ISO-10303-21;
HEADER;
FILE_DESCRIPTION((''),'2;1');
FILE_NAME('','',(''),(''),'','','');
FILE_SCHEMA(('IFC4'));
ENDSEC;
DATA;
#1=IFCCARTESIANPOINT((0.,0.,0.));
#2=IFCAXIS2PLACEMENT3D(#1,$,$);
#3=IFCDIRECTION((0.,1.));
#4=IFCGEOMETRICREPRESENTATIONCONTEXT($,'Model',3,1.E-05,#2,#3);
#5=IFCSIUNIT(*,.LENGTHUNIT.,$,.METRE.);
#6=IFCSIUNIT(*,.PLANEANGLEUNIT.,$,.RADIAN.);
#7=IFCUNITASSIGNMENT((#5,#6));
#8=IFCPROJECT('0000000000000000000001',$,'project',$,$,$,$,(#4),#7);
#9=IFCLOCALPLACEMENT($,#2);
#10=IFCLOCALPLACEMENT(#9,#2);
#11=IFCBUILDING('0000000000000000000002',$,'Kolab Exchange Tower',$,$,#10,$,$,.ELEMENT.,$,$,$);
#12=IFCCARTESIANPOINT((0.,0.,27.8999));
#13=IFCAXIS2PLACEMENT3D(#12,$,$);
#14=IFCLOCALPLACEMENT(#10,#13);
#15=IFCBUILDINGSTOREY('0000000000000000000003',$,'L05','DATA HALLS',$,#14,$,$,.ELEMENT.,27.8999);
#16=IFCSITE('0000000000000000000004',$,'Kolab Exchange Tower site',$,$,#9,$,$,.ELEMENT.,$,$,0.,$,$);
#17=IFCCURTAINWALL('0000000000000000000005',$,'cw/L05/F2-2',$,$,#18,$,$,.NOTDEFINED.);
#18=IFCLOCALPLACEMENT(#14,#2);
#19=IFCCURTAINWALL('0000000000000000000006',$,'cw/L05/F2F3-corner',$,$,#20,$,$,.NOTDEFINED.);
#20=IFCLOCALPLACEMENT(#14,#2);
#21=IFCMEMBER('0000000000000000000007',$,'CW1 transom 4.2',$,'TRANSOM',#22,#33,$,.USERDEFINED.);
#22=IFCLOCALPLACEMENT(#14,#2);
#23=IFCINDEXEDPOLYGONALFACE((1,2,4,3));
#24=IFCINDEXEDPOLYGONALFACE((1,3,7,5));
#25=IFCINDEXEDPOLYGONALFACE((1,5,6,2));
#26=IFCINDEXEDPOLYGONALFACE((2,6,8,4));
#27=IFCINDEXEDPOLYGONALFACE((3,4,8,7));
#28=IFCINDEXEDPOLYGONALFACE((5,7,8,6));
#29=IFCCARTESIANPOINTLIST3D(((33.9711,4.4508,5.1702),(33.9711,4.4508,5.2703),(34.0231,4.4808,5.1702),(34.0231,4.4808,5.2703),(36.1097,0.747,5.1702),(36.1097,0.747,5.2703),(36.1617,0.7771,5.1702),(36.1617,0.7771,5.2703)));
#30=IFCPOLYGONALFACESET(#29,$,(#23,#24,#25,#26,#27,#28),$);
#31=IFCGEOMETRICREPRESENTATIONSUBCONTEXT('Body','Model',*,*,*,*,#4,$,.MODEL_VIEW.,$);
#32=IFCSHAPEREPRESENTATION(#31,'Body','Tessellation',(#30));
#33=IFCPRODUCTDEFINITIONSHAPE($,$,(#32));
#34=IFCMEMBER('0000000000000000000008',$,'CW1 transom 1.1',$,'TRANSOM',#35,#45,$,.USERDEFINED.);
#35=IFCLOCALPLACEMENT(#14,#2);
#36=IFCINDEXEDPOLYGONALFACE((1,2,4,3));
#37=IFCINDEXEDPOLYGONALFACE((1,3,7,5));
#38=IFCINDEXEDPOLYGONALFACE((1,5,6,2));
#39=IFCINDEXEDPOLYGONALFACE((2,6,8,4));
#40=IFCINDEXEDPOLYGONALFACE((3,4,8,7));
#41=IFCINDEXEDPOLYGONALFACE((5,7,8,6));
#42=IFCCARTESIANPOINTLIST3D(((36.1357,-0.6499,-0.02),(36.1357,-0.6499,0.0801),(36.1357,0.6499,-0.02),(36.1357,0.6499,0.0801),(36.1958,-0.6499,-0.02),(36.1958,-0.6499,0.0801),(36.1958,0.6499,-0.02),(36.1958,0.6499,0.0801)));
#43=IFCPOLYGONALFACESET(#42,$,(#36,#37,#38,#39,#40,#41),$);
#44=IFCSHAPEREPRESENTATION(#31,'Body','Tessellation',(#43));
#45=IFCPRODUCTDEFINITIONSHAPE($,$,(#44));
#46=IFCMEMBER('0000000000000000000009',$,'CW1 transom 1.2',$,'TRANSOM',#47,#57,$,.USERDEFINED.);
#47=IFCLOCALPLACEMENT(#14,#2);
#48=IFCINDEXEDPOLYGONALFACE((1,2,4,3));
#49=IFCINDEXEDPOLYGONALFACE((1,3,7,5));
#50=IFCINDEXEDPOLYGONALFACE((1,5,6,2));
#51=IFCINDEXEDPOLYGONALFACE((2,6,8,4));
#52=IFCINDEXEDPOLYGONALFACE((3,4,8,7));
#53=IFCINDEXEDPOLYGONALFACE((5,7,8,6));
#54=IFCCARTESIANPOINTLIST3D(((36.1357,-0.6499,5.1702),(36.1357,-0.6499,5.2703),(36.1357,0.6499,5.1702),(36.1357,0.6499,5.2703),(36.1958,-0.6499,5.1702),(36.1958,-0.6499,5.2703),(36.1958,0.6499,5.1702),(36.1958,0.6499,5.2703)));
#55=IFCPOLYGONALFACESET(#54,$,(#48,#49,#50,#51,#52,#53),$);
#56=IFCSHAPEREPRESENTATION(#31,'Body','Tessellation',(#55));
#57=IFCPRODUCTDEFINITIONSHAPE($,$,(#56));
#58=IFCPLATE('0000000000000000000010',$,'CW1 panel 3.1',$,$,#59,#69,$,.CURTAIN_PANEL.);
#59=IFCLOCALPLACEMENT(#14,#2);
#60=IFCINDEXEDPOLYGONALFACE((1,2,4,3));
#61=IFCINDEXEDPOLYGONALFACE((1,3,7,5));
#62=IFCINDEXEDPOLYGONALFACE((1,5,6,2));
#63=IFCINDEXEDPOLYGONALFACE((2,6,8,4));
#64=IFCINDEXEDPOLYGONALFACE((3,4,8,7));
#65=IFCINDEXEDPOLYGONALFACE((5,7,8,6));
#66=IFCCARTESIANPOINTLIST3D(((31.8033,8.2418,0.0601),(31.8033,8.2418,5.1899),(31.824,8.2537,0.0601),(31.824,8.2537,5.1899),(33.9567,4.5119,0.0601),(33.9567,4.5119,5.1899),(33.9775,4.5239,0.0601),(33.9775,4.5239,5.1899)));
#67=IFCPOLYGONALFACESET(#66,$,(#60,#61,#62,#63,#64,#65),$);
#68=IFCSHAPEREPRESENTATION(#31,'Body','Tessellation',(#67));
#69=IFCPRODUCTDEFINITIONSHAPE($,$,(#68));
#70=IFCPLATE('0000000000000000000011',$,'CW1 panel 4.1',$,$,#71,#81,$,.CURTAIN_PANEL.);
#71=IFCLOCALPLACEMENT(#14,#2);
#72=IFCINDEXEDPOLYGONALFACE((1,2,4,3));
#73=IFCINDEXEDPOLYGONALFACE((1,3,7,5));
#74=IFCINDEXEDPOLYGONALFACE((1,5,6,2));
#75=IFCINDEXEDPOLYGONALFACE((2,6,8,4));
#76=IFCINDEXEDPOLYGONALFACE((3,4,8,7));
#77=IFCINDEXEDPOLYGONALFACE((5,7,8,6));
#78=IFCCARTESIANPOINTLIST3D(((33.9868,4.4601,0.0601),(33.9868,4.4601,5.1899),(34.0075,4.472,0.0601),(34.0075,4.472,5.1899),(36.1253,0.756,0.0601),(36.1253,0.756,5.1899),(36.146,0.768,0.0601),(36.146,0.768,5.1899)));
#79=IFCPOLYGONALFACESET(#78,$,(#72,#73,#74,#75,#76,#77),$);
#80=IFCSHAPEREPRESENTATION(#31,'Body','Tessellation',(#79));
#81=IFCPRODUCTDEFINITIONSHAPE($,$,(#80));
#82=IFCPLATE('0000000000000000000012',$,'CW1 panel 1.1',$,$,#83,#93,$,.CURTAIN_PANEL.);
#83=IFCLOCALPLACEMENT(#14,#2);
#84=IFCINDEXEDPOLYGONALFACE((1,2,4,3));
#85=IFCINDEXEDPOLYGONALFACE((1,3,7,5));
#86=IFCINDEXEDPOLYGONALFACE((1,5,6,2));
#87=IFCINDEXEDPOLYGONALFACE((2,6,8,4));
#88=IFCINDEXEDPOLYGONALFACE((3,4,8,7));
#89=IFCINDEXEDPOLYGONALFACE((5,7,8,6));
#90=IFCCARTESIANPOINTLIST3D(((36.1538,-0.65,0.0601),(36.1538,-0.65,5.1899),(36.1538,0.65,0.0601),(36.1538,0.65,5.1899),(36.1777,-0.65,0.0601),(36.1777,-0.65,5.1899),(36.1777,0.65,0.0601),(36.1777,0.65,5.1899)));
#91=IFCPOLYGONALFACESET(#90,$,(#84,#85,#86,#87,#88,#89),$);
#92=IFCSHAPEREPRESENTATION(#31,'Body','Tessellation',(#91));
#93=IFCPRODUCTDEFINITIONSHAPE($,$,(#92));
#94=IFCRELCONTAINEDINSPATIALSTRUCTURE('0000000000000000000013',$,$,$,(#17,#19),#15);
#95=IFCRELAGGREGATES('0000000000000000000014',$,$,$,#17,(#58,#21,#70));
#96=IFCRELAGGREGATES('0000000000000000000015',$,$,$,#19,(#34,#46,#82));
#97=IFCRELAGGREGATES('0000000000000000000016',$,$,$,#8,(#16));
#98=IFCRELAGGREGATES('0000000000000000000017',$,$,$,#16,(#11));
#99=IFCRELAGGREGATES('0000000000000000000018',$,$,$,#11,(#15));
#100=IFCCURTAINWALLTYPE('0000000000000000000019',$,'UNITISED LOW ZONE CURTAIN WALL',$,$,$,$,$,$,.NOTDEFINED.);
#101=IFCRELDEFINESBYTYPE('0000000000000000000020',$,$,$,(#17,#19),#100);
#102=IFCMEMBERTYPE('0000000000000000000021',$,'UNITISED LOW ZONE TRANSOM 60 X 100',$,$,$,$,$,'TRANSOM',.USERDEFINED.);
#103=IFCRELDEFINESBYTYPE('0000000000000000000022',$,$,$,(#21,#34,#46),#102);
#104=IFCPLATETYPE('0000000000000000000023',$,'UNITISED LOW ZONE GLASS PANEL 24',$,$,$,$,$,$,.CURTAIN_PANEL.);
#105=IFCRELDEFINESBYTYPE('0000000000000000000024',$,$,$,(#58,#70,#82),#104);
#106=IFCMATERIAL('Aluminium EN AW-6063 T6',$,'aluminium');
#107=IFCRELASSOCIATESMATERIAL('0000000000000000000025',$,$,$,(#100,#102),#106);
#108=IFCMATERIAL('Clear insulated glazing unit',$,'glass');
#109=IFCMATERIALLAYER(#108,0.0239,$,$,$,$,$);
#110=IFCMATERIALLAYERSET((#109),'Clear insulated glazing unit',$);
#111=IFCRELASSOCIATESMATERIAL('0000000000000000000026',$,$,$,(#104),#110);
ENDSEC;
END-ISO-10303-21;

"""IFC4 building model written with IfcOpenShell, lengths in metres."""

from ifc_helpers import new_model, si_unit, direction, frame, origin, origin_2d, place, context, subcontext, project, spatial, rectangle, extrude, material, layer, layer_set, material_profile, profile_set, type_object, element, aggregate, save


model = new_model("IFC4")

# Units and contexts
model_context = context("Model", 3, precision=1e-05, world=origin(), true_north=direction((0.0, 1.0)))
body_context = subcontext(model_context, "Body", "Model", "MODEL_VIEW")
ifc_project = project(units=[si_unit("LENGTHUNIT", "METRE"), si_unit("PLANEANGLEUNIT", "RADIAN")], contexts=[model_context])

# Site, building, storey
site_placement = place(None, origin())
site = spatial("IfcSite", under=ifc_project, at=site_placement, Name="Kolab Exchange Tower site", CompositionType="ELEMENT", RefElevation=0.0)
building_placement = place(site_placement, origin())
building = spatial("IfcBuilding", under=site, at=building_placement, Name="Kolab Exchange Tower", CompositionType="ELEMENT")
storey_placement = place(building_placement, frame((0.0, 0.0, 27.8999)))
storey = spatial("IfcBuildingStorey", under=building, at=storey_placement, Name="L05", Description="DATA HALLS", CompositionType="ELEMENT", Elevation=27.8999)

# Curtain wall
ifc_material_1 = material(Name="Aluminium EN AW-6063 T6", Category="aluminium")
curtain_wall_type = type_object("IfcCurtainWallType", Name="UNITISED LOW ZONE CURTAIN WALL", PredefinedType="NOTDEFINED", material=ifc_material_1)
curtain_wall_1_placement = place(storey_placement, origin())
curtain_wall_1 = element("IfcCurtainWall", 1, at=curtain_wall_1_placement, inside=storey, type_object=curtain_wall_type, Name="cw/L05/F2-2", PredefinedType="NOTDEFINED")

# Curtain wall
curtain_wall_2_placement = place(storey_placement, origin())
curtain_wall_2 = element("IfcCurtainWall", 2, at=curtain_wall_2_placement, inside=storey, type_object=curtain_wall_type, Name="cw/L05/F2F3-corner", PredefinedType="NOTDEFINED")

# Members
ifc_material_profile_1 = material_profile(ifc_material_1, rectangle(XDim=0.0601, YDim=0.1001, at=origin_2d()), Name="RECT 60X100")
ifc_profile_set_1 = profile_set([ifc_material_profile_1], Name="Aluminium EN AW-6063 T6")
member_type_1 = type_object("IfcMemberType", Name="UNITISED LOW ZONE TRANSOM 60 X 100", ElementType="TRANSOM", PredefinedType="USERDEFINED", material=ifc_profile_set_1)
member_1_placement = place(storey_placement, frame((33.9971, 4.4658, 5.2202), z_axis=(0.500044, -0.866, 0.0), x_axis=(0.866, 0.500044, 0.0)))
member_1 = element("IfcMember", 3, at=member_1_placement, type_object=member_type_1, Name="CW1 transom 4.2", ObjectType="TRANSOM", PredefinedType="USERDEFINED", context=body_context, shape_type="SweptSolid", body=[
    extrude(rectangle(XDim=0.0601, YDim=0.1001, at=origin_2d()), origin(), (0.0, 0.0, 1.0), 4.2769),
])
member_2_placement = place(storey_placement, frame((36.1658, 0.6499, 0.03), z_axis=(0.0, -1.0, 0.0), x_axis=(1.0, 0.0, 0.0)))
member_2 = element("IfcMember", 4, at=member_2_placement, type_object=member_type_1, Name="CW1 transom 1.1", ObjectType="TRANSOM", PredefinedType="USERDEFINED", context=body_context, shape_type="SweptSolid", body=[
    extrude(rectangle(XDim=0.0601, YDim=0.1001, at=origin_2d()), origin(), (0.0, 0.0, 1.0), 1.2998),
])
member_3_placement = place(storey_placement, frame((36.1658, 0.6499, 5.2202), z_axis=(0.0, -1.0, 0.0), x_axis=(1.0, 0.0, 0.0)))
member_3 = element("IfcMember", 5, at=member_3_placement, type_object=member_type_1, Name="CW1 transom 1.2", ObjectType="TRANSOM", PredefinedType="USERDEFINED", context=body_context, shape_type="SweptSolid", body=[
    extrude(rectangle(XDim=0.0601, YDim=0.1001, at=origin_2d()), origin(), (0.0, 0.0, 1.0), 1.2998),
])

# Plates
ifc_material_2 = material(Name="Clear insulated glazing unit", Category="glass")
ifc_layer = layer(ifc_material_2, 0.0239)
ifc_layer_set = layer_set([ifc_layer], Name="Clear insulated glazing unit")
plate_type = type_object("IfcPlateType", Name="UNITISED LOW ZONE GLASS PANEL 24", PredefinedType="CURTAIN_PANEL", material=ifc_layer_set)
plate_1_placement = place(storey_placement, frame((32.8904, 6.3828, 0.0601), z_axis=(0.0, 0.0, 1.0), x_axis=(0.5, -0.866025, 0.0)))
plate_1 = element("IfcPlate", 6, at=plate_1_placement, type_object=plate_type, Name="CW1 panel 3.1", PredefinedType="CURTAIN_PANEL", context=body_context, shape_type="SweptSolid", body=[
    extrude(rectangle(XDim=4.3069, YDim=0.0239, at=origin_2d()), origin(), (0.0, 0.0, 1.0), 5.1299),
])
plate_2_placement = place(storey_placement, frame((35.0664, 2.614, 0.0601), z_axis=(0.0, 0.0, 1.0), x_axis=(0.5, -0.866025, 0.0)))
plate_2 = element("IfcPlate", 7, at=plate_2_placement, type_object=plate_type, Name="CW1 panel 4.1", PredefinedType="CURTAIN_PANEL", context=body_context, shape_type="SweptSolid", body=[
    extrude(rectangle(XDim=4.2771, YDim=0.0239, at=origin_2d()), origin(), (0.0, 0.0, 1.0), 5.1299),
])
aggregate(curtain_wall_1, [plate_1, member_1, plate_2])
plate_3_placement = place(storey_placement, frame((36.1658, 0.0, 0.0601), z_axis=(0.0, 0.0, 1.0), x_axis=(0.0, -1.0, 0.0)))
plate_3 = element("IfcPlate", 8, at=plate_3_placement, type_object=plate_type, Name="CW1 panel 1.1", PredefinedType="CURTAIN_PANEL", context=body_context, shape_type="SweptSolid", body=[
    extrude(rectangle(XDim=1.3, YDim=0.0239, at=origin_2d()), origin(), (0.0, 0.0, 1.0), 5.1299),
])
aggregate(curtain_wall_2, [member_2, member_3, plate_3])

save(model, "model.ifc")
